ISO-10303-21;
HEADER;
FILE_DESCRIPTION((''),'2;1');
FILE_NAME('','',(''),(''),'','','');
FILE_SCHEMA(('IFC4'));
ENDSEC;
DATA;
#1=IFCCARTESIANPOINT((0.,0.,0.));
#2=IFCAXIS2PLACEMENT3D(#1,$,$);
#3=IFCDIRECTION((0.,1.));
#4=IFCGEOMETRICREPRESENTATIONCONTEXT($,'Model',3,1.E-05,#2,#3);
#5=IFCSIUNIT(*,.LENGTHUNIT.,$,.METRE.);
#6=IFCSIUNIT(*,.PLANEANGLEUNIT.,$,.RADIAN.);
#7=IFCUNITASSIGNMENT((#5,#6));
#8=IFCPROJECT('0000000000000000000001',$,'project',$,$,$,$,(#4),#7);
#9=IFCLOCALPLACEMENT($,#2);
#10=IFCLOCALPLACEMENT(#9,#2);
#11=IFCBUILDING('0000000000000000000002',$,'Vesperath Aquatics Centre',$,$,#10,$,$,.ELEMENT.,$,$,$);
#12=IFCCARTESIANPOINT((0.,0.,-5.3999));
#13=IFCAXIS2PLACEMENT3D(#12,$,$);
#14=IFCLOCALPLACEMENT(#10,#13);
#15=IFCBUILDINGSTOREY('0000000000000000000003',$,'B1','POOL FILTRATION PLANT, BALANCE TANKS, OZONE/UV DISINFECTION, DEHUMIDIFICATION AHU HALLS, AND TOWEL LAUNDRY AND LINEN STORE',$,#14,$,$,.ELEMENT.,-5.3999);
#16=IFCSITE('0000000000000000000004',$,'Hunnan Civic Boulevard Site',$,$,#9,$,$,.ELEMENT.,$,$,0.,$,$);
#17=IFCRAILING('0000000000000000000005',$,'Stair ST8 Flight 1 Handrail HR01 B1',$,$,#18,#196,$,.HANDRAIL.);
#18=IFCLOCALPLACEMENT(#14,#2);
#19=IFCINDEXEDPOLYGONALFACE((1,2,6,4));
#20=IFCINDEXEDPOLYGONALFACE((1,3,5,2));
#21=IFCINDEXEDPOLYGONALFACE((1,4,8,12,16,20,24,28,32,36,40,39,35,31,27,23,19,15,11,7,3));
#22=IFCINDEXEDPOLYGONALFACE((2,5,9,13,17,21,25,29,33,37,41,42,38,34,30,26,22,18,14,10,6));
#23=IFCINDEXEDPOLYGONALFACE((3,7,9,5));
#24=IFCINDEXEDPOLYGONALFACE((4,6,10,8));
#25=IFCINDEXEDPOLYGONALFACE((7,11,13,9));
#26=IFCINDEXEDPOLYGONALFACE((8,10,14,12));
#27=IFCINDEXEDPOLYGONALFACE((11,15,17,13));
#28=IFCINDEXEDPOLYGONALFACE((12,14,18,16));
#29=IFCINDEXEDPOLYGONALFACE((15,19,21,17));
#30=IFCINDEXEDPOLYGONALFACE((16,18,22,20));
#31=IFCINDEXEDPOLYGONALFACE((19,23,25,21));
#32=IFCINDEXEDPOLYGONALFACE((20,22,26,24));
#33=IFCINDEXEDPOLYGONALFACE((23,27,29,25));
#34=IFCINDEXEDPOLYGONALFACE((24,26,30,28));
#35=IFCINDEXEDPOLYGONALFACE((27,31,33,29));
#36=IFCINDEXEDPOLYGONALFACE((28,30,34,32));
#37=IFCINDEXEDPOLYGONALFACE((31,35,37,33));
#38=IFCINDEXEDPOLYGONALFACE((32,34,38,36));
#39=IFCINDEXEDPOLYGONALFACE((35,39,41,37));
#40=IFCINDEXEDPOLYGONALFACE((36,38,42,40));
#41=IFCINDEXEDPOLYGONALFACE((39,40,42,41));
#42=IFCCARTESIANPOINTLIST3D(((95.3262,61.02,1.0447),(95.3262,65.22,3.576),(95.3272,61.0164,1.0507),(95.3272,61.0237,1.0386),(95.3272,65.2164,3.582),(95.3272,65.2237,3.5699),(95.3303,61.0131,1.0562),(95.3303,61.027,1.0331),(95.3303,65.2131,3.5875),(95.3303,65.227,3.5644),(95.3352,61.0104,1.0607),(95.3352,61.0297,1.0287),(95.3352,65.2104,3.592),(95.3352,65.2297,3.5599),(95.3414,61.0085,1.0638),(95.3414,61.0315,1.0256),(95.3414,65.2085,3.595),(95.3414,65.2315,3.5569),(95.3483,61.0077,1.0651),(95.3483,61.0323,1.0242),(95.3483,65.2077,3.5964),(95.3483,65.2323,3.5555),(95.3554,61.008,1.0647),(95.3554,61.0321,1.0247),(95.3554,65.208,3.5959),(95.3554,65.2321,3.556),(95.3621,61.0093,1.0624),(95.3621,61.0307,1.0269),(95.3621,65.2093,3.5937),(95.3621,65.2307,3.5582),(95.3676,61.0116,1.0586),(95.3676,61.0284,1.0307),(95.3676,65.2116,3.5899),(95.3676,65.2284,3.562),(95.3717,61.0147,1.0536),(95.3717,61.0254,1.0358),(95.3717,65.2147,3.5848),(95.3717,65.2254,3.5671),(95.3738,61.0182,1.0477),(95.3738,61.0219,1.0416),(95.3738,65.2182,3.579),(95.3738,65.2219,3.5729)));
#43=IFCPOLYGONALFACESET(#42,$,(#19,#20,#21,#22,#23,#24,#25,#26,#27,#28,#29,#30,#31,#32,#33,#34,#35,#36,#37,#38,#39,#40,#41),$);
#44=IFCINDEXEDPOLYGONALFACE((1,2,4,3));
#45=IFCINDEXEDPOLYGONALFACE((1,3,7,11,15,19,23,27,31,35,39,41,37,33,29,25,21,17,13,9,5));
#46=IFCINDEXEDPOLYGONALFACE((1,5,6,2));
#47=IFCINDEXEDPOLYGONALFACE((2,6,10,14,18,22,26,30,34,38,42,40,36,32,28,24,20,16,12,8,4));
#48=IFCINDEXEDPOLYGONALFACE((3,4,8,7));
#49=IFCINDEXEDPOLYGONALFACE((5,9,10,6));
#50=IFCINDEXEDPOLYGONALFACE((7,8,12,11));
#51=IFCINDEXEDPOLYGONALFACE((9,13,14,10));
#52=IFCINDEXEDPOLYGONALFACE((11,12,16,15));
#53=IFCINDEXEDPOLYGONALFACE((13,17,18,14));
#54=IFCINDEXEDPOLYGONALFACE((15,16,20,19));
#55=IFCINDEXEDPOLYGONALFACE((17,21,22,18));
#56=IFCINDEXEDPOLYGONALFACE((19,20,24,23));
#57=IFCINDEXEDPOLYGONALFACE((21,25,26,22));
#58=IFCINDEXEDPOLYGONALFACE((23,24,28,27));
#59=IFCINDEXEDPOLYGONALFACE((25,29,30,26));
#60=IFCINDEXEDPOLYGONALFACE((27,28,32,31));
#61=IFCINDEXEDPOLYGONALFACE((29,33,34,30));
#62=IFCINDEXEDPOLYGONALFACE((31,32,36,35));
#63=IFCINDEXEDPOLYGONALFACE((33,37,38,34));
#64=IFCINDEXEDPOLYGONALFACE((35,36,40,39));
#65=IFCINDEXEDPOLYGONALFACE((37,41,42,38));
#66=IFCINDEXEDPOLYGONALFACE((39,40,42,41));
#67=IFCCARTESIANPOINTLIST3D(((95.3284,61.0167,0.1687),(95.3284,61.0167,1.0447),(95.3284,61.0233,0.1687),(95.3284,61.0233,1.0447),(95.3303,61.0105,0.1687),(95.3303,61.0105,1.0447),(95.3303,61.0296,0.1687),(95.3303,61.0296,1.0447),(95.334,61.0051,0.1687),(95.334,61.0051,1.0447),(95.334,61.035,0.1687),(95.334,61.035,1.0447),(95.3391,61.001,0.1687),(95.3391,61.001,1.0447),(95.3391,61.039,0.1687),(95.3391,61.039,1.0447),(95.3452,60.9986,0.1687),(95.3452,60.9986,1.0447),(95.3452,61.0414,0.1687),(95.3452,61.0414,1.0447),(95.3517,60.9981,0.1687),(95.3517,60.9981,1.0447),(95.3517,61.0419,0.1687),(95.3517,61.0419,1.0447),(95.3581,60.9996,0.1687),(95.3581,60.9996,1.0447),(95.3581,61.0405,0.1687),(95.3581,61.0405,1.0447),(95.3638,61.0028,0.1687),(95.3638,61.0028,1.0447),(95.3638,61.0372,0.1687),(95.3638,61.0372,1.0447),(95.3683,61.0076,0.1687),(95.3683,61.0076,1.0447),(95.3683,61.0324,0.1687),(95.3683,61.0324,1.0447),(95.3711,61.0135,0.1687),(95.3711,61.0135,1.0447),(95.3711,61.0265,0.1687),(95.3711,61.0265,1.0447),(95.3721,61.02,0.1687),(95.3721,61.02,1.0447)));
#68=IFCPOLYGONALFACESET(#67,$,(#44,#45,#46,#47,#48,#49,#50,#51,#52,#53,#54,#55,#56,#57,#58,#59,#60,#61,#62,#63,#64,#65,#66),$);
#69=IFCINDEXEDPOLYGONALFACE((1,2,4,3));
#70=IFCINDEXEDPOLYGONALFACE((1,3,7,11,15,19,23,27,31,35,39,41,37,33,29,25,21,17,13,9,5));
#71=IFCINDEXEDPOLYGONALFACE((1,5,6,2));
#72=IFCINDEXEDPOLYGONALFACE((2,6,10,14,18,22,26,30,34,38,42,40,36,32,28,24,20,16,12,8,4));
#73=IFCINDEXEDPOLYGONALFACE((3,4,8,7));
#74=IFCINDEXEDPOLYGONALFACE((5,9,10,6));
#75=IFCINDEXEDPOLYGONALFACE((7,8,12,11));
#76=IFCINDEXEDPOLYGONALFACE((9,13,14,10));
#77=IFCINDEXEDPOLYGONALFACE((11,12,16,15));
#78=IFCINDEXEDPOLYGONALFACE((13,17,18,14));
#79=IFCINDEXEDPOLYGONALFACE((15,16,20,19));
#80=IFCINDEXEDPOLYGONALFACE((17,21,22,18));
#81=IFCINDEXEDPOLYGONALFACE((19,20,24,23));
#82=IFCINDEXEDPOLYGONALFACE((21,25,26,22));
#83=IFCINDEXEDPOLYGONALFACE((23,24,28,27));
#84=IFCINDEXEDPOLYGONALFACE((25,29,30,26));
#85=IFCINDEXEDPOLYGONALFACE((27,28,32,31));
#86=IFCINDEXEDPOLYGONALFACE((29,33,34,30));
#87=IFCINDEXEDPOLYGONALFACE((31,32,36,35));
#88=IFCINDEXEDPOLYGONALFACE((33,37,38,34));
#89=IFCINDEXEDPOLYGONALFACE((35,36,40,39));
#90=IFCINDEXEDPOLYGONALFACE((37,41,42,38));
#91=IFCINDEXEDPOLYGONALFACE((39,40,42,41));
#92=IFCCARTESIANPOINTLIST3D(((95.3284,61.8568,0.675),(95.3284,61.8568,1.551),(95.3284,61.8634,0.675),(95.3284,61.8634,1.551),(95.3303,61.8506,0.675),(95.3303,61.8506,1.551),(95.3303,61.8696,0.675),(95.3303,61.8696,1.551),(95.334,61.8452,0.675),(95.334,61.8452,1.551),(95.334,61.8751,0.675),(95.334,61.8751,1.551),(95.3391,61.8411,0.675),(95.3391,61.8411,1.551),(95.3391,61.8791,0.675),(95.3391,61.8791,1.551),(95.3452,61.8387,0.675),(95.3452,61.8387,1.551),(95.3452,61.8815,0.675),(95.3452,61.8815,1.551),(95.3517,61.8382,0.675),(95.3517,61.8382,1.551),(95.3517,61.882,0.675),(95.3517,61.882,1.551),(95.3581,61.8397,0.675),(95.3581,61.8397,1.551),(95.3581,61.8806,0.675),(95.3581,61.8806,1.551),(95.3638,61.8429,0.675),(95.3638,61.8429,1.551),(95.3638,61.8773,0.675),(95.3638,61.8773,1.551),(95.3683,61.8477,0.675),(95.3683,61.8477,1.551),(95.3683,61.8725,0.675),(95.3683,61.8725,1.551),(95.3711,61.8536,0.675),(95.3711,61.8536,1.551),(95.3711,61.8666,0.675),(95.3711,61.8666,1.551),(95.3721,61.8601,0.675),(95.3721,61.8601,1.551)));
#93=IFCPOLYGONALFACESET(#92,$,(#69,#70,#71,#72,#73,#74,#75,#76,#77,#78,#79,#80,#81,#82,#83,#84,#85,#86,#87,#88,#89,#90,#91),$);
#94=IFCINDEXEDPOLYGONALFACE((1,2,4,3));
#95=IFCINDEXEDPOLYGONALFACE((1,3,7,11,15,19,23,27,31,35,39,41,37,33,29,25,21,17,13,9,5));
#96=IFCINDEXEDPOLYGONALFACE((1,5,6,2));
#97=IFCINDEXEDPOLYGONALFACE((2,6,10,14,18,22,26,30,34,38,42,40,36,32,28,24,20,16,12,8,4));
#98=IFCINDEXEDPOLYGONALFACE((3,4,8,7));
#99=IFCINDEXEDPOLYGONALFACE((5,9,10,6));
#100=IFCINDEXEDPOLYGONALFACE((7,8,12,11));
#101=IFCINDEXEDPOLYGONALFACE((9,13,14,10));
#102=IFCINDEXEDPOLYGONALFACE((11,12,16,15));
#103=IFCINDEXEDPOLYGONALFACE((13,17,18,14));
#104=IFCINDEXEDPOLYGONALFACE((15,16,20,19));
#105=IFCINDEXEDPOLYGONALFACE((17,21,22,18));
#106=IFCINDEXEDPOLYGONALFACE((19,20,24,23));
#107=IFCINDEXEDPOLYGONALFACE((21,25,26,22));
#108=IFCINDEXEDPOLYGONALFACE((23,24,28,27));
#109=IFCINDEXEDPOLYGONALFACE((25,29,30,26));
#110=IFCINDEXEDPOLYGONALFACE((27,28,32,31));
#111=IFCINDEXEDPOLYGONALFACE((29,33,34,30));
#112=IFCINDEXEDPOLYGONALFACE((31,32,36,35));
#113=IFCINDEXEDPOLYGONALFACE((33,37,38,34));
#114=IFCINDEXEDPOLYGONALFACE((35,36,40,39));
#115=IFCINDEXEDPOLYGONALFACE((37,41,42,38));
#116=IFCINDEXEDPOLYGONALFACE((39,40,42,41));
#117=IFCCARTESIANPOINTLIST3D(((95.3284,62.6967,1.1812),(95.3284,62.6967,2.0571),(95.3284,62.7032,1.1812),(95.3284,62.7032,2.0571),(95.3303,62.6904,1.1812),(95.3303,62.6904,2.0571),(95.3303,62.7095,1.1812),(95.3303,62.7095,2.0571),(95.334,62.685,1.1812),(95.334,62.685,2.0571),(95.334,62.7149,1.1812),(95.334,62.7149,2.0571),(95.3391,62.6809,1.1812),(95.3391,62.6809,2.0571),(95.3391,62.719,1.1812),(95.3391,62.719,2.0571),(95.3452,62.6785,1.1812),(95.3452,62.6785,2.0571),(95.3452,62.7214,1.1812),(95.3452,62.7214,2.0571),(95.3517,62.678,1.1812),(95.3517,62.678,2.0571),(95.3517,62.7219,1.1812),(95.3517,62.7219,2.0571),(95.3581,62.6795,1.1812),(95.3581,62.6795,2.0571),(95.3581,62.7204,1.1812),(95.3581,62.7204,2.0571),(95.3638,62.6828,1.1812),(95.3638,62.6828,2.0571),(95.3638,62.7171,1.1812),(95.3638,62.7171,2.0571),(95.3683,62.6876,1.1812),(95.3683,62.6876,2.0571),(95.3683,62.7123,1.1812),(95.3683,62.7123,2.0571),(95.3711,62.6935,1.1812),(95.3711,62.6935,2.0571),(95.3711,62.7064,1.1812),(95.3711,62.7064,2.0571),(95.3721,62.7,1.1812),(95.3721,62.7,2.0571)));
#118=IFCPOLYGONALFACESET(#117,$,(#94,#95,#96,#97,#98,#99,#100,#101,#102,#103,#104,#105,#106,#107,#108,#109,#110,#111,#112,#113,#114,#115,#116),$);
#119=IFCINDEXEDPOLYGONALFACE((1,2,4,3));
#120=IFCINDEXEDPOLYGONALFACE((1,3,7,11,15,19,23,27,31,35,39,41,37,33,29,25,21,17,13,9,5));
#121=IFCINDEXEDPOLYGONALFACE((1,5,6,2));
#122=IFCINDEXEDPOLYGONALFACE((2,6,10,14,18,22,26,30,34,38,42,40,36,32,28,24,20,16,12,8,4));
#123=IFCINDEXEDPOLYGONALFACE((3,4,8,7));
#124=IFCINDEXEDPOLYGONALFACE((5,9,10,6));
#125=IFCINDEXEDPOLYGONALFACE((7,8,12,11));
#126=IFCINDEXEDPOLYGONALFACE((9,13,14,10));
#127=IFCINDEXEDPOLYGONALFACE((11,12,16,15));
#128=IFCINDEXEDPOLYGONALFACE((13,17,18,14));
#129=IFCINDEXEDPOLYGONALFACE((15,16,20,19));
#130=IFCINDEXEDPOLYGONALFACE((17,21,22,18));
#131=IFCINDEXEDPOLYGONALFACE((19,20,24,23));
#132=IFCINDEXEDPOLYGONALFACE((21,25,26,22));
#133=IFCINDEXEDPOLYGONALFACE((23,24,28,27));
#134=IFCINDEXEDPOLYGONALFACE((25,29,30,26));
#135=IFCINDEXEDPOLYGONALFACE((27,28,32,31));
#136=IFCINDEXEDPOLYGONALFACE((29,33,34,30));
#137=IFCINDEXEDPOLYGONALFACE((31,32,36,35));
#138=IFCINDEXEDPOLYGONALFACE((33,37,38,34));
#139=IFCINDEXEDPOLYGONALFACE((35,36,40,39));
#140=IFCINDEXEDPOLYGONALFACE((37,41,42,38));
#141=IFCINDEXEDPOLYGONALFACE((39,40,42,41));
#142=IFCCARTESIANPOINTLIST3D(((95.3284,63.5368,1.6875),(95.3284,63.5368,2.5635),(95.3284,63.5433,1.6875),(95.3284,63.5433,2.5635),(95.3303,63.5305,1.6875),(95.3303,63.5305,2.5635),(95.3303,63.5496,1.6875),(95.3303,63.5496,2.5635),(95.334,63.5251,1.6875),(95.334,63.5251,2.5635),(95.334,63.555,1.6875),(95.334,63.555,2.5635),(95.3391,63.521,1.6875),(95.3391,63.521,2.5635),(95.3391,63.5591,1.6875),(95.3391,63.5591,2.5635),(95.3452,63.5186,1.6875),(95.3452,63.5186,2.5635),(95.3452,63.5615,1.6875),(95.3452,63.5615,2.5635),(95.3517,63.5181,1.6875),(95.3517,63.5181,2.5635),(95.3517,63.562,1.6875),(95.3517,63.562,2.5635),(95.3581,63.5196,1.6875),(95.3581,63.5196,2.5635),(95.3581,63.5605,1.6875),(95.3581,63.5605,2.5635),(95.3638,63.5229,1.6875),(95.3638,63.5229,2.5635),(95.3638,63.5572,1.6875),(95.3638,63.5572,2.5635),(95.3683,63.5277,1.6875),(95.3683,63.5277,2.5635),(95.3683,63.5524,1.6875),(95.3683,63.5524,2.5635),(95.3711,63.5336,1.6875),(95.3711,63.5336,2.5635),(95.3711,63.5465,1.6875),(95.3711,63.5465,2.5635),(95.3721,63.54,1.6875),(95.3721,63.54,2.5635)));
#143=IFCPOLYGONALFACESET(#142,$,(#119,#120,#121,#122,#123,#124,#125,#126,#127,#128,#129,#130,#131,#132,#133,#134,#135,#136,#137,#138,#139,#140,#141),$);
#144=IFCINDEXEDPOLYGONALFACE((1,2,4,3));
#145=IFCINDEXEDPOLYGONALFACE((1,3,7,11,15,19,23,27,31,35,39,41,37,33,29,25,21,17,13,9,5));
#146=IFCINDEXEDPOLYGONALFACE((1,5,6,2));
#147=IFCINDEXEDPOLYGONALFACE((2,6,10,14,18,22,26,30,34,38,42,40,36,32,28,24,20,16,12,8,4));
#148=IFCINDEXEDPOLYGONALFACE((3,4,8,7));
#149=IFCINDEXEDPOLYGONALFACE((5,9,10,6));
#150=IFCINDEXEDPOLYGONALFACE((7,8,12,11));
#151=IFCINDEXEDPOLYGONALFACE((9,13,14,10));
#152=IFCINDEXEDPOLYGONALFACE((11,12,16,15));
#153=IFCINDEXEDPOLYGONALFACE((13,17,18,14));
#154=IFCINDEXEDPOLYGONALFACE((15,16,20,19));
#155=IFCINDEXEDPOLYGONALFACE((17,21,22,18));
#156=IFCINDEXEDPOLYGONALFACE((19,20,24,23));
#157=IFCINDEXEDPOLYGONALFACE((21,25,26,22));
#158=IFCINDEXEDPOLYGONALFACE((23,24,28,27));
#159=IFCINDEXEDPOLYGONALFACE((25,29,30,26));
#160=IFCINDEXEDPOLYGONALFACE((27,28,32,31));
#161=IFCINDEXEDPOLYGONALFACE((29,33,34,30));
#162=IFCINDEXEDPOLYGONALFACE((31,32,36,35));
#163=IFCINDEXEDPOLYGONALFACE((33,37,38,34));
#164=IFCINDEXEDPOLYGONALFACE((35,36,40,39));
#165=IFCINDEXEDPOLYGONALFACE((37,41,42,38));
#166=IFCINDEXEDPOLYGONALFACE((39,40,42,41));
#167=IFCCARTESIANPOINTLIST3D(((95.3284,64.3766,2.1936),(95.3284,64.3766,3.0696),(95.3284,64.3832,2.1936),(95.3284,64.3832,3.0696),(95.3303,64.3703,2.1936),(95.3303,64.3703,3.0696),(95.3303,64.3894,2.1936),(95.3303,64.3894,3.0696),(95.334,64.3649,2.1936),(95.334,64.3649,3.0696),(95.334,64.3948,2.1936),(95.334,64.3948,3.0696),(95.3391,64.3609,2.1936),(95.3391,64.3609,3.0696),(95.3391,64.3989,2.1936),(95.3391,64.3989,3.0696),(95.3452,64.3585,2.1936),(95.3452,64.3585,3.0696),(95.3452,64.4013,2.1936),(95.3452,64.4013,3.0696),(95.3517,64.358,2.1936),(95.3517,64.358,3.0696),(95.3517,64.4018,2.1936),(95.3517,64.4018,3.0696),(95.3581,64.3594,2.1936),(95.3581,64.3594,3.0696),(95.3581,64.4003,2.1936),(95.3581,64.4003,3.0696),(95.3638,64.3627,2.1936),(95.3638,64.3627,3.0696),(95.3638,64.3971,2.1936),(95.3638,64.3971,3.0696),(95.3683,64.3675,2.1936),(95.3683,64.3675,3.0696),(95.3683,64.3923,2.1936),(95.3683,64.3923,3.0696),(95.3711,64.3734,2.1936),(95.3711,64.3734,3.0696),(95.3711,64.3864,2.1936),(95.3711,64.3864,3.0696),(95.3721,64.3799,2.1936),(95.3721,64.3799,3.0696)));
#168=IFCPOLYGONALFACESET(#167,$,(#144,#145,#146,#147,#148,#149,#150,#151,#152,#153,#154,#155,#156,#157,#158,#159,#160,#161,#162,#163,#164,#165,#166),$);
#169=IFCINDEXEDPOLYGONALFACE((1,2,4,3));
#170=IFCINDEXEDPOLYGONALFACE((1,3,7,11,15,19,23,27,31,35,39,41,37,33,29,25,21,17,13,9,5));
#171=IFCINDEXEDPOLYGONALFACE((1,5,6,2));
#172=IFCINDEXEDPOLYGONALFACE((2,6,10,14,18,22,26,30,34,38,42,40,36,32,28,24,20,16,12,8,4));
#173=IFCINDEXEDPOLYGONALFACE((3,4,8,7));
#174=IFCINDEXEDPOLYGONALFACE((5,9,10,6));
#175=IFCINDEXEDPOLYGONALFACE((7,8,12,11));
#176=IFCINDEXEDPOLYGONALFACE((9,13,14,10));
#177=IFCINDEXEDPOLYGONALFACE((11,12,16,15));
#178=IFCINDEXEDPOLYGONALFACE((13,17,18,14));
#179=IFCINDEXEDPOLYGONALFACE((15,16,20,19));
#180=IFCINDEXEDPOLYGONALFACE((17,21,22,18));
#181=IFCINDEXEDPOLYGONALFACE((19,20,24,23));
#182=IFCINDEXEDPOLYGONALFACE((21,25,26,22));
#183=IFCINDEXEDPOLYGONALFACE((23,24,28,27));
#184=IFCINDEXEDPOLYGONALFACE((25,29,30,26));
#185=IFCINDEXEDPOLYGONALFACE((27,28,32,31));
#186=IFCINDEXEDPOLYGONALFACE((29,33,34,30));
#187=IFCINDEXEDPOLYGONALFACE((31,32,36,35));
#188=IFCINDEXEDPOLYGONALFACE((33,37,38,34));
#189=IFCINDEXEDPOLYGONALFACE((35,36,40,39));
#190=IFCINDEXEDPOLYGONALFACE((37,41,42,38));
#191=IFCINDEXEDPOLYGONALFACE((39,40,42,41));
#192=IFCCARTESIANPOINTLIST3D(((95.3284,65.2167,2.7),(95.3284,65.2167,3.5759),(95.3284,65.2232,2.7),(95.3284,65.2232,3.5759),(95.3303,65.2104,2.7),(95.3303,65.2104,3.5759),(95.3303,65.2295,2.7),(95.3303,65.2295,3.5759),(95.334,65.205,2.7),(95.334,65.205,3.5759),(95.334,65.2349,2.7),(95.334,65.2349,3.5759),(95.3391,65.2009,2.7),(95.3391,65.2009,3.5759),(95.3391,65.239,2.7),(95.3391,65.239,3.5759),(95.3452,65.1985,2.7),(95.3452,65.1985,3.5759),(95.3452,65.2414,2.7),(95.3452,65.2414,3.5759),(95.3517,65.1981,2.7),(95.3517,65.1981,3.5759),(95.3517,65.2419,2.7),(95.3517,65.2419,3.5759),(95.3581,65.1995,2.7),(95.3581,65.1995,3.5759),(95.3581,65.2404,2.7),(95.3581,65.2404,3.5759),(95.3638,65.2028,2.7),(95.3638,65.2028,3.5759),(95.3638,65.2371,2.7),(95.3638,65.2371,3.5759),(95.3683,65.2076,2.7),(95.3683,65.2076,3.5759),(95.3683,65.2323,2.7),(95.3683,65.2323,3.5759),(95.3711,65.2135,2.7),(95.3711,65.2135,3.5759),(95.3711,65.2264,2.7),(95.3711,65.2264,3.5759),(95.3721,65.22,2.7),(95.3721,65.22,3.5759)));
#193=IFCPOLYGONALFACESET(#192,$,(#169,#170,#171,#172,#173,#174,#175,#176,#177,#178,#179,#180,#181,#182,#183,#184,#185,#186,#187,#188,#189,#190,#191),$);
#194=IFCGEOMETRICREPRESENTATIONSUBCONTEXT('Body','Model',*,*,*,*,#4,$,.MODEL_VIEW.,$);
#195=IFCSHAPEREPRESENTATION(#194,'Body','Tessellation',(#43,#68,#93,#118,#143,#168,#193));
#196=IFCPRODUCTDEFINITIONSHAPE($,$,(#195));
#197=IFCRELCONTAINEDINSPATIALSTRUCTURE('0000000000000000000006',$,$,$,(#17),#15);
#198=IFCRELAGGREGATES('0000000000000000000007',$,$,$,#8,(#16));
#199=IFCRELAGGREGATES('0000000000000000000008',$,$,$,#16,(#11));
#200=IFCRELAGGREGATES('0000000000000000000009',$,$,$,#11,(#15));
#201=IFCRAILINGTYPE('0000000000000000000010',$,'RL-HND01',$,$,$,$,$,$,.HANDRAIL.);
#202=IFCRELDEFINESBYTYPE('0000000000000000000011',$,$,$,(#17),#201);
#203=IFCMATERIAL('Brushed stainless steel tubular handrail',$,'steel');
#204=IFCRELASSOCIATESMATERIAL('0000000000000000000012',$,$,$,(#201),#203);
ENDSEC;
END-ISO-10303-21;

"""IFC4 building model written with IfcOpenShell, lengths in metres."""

from ifc_helpers import new_model, si_unit, direction, frame, origin, origin_2d, place, context, subcontext, project, spatial, circle, extrude, material, type_object, element, save


model = new_model("IFC4")

# Units and contexts
model_context = context("Model", 3, precision=1e-05, world=origin(), true_north=direction((0.0, 1.0)))
body_context = subcontext(model_context, "Body", "Model", "MODEL_VIEW")
ifc_project = project(units=[si_unit("LENGTHUNIT", "METRE"), si_unit("PLANEANGLEUNIT", "RADIAN")], contexts=[model_context])

# Site, building, storey
site_placement = place(None, origin())
site = spatial("IfcSite", under=ifc_project, at=site_placement, Name="Hunnan Civic Boulevard Site", CompositionType="ELEMENT", RefElevation=0.0)
building_placement = place(site_placement, origin())
building = spatial("IfcBuilding", under=site, at=building_placement, Name="Vesperath Aquatics Centre", CompositionType="ELEMENT")
storey_placement = place(building_placement, frame((0.0, 0.0, -5.3999)))
storey = spatial("IfcBuildingStorey", under=building, at=storey_placement, Name="B1", Description="POOL FILTRATION PLANT, BALANCE TANKS, OZONE/UV DISINFECTION, DEHUMIDIFICATION AHU HALLS, AND TOWEL LAUNDRY AND LINEN STORE", CompositionType="ELEMENT", Elevation=-5.3999)

# Railing
ifc_material_1 = material(Name="Brushed stainless steel tubular handrail", Category="steel")
railing_type_1 = type_object("IfcRailingType", Name="RL-HND01", PredefinedType="HANDRAIL", material=ifc_material_1)
railing_1_placement = place(storey_placement, frame((95.3501, 61.02, 0.1687)))
element("IfcRailing", 1, at=railing_1_placement, inside=storey, type_object=railing_type_1, Name="Stair ST8 Flight 1 Handrail HR01 B1", PredefinedType="HANDRAIL", context=body_context, shape_type="SweptSolid", body=[
    extrude(circle(Radius=0.0239, at=origin_2d()), frame((0.0, 0.0, 0.876), z_axis=(0.0, 0.856476, 0.516186), x_axis=(-1.0, 0.0, 0.0)), (0.0, 0.0, 1.0), 4.9038),
    extrude(circle(Radius=0.022, at=origin_2d()), origin(), (0.0, 0.0, 1.0), 0.876),
    extrude(circle(Radius=0.022, at=origin_2d()), frame((0.0, 0.8401, 0.5063)), (0.0, 0.0, 1.0), 0.876),
    extrude(circle(Radius=0.022, at=origin_2d()), frame((0.0, 1.6799, 1.0125)), (0.0, 0.0, 1.0), 0.876),
    extrude(circle(Radius=0.022, at=origin_2d()), frame((0.0, 2.52, 1.5188)), (0.0, 0.0, 1.0), 0.876),
    extrude(circle(Radius=0.022, at=origin_2d()), frame((0.0, 3.3599, 2.0249)), (0.0, 0.0, 1.0), 0.876),
    extrude(circle(Radius=0.022, at=origin_2d()), frame((0.0, 4.2, 2.5312)), (0.0, 0.0, 1.0), 0.876),
])

save(model, "model.ifc")
